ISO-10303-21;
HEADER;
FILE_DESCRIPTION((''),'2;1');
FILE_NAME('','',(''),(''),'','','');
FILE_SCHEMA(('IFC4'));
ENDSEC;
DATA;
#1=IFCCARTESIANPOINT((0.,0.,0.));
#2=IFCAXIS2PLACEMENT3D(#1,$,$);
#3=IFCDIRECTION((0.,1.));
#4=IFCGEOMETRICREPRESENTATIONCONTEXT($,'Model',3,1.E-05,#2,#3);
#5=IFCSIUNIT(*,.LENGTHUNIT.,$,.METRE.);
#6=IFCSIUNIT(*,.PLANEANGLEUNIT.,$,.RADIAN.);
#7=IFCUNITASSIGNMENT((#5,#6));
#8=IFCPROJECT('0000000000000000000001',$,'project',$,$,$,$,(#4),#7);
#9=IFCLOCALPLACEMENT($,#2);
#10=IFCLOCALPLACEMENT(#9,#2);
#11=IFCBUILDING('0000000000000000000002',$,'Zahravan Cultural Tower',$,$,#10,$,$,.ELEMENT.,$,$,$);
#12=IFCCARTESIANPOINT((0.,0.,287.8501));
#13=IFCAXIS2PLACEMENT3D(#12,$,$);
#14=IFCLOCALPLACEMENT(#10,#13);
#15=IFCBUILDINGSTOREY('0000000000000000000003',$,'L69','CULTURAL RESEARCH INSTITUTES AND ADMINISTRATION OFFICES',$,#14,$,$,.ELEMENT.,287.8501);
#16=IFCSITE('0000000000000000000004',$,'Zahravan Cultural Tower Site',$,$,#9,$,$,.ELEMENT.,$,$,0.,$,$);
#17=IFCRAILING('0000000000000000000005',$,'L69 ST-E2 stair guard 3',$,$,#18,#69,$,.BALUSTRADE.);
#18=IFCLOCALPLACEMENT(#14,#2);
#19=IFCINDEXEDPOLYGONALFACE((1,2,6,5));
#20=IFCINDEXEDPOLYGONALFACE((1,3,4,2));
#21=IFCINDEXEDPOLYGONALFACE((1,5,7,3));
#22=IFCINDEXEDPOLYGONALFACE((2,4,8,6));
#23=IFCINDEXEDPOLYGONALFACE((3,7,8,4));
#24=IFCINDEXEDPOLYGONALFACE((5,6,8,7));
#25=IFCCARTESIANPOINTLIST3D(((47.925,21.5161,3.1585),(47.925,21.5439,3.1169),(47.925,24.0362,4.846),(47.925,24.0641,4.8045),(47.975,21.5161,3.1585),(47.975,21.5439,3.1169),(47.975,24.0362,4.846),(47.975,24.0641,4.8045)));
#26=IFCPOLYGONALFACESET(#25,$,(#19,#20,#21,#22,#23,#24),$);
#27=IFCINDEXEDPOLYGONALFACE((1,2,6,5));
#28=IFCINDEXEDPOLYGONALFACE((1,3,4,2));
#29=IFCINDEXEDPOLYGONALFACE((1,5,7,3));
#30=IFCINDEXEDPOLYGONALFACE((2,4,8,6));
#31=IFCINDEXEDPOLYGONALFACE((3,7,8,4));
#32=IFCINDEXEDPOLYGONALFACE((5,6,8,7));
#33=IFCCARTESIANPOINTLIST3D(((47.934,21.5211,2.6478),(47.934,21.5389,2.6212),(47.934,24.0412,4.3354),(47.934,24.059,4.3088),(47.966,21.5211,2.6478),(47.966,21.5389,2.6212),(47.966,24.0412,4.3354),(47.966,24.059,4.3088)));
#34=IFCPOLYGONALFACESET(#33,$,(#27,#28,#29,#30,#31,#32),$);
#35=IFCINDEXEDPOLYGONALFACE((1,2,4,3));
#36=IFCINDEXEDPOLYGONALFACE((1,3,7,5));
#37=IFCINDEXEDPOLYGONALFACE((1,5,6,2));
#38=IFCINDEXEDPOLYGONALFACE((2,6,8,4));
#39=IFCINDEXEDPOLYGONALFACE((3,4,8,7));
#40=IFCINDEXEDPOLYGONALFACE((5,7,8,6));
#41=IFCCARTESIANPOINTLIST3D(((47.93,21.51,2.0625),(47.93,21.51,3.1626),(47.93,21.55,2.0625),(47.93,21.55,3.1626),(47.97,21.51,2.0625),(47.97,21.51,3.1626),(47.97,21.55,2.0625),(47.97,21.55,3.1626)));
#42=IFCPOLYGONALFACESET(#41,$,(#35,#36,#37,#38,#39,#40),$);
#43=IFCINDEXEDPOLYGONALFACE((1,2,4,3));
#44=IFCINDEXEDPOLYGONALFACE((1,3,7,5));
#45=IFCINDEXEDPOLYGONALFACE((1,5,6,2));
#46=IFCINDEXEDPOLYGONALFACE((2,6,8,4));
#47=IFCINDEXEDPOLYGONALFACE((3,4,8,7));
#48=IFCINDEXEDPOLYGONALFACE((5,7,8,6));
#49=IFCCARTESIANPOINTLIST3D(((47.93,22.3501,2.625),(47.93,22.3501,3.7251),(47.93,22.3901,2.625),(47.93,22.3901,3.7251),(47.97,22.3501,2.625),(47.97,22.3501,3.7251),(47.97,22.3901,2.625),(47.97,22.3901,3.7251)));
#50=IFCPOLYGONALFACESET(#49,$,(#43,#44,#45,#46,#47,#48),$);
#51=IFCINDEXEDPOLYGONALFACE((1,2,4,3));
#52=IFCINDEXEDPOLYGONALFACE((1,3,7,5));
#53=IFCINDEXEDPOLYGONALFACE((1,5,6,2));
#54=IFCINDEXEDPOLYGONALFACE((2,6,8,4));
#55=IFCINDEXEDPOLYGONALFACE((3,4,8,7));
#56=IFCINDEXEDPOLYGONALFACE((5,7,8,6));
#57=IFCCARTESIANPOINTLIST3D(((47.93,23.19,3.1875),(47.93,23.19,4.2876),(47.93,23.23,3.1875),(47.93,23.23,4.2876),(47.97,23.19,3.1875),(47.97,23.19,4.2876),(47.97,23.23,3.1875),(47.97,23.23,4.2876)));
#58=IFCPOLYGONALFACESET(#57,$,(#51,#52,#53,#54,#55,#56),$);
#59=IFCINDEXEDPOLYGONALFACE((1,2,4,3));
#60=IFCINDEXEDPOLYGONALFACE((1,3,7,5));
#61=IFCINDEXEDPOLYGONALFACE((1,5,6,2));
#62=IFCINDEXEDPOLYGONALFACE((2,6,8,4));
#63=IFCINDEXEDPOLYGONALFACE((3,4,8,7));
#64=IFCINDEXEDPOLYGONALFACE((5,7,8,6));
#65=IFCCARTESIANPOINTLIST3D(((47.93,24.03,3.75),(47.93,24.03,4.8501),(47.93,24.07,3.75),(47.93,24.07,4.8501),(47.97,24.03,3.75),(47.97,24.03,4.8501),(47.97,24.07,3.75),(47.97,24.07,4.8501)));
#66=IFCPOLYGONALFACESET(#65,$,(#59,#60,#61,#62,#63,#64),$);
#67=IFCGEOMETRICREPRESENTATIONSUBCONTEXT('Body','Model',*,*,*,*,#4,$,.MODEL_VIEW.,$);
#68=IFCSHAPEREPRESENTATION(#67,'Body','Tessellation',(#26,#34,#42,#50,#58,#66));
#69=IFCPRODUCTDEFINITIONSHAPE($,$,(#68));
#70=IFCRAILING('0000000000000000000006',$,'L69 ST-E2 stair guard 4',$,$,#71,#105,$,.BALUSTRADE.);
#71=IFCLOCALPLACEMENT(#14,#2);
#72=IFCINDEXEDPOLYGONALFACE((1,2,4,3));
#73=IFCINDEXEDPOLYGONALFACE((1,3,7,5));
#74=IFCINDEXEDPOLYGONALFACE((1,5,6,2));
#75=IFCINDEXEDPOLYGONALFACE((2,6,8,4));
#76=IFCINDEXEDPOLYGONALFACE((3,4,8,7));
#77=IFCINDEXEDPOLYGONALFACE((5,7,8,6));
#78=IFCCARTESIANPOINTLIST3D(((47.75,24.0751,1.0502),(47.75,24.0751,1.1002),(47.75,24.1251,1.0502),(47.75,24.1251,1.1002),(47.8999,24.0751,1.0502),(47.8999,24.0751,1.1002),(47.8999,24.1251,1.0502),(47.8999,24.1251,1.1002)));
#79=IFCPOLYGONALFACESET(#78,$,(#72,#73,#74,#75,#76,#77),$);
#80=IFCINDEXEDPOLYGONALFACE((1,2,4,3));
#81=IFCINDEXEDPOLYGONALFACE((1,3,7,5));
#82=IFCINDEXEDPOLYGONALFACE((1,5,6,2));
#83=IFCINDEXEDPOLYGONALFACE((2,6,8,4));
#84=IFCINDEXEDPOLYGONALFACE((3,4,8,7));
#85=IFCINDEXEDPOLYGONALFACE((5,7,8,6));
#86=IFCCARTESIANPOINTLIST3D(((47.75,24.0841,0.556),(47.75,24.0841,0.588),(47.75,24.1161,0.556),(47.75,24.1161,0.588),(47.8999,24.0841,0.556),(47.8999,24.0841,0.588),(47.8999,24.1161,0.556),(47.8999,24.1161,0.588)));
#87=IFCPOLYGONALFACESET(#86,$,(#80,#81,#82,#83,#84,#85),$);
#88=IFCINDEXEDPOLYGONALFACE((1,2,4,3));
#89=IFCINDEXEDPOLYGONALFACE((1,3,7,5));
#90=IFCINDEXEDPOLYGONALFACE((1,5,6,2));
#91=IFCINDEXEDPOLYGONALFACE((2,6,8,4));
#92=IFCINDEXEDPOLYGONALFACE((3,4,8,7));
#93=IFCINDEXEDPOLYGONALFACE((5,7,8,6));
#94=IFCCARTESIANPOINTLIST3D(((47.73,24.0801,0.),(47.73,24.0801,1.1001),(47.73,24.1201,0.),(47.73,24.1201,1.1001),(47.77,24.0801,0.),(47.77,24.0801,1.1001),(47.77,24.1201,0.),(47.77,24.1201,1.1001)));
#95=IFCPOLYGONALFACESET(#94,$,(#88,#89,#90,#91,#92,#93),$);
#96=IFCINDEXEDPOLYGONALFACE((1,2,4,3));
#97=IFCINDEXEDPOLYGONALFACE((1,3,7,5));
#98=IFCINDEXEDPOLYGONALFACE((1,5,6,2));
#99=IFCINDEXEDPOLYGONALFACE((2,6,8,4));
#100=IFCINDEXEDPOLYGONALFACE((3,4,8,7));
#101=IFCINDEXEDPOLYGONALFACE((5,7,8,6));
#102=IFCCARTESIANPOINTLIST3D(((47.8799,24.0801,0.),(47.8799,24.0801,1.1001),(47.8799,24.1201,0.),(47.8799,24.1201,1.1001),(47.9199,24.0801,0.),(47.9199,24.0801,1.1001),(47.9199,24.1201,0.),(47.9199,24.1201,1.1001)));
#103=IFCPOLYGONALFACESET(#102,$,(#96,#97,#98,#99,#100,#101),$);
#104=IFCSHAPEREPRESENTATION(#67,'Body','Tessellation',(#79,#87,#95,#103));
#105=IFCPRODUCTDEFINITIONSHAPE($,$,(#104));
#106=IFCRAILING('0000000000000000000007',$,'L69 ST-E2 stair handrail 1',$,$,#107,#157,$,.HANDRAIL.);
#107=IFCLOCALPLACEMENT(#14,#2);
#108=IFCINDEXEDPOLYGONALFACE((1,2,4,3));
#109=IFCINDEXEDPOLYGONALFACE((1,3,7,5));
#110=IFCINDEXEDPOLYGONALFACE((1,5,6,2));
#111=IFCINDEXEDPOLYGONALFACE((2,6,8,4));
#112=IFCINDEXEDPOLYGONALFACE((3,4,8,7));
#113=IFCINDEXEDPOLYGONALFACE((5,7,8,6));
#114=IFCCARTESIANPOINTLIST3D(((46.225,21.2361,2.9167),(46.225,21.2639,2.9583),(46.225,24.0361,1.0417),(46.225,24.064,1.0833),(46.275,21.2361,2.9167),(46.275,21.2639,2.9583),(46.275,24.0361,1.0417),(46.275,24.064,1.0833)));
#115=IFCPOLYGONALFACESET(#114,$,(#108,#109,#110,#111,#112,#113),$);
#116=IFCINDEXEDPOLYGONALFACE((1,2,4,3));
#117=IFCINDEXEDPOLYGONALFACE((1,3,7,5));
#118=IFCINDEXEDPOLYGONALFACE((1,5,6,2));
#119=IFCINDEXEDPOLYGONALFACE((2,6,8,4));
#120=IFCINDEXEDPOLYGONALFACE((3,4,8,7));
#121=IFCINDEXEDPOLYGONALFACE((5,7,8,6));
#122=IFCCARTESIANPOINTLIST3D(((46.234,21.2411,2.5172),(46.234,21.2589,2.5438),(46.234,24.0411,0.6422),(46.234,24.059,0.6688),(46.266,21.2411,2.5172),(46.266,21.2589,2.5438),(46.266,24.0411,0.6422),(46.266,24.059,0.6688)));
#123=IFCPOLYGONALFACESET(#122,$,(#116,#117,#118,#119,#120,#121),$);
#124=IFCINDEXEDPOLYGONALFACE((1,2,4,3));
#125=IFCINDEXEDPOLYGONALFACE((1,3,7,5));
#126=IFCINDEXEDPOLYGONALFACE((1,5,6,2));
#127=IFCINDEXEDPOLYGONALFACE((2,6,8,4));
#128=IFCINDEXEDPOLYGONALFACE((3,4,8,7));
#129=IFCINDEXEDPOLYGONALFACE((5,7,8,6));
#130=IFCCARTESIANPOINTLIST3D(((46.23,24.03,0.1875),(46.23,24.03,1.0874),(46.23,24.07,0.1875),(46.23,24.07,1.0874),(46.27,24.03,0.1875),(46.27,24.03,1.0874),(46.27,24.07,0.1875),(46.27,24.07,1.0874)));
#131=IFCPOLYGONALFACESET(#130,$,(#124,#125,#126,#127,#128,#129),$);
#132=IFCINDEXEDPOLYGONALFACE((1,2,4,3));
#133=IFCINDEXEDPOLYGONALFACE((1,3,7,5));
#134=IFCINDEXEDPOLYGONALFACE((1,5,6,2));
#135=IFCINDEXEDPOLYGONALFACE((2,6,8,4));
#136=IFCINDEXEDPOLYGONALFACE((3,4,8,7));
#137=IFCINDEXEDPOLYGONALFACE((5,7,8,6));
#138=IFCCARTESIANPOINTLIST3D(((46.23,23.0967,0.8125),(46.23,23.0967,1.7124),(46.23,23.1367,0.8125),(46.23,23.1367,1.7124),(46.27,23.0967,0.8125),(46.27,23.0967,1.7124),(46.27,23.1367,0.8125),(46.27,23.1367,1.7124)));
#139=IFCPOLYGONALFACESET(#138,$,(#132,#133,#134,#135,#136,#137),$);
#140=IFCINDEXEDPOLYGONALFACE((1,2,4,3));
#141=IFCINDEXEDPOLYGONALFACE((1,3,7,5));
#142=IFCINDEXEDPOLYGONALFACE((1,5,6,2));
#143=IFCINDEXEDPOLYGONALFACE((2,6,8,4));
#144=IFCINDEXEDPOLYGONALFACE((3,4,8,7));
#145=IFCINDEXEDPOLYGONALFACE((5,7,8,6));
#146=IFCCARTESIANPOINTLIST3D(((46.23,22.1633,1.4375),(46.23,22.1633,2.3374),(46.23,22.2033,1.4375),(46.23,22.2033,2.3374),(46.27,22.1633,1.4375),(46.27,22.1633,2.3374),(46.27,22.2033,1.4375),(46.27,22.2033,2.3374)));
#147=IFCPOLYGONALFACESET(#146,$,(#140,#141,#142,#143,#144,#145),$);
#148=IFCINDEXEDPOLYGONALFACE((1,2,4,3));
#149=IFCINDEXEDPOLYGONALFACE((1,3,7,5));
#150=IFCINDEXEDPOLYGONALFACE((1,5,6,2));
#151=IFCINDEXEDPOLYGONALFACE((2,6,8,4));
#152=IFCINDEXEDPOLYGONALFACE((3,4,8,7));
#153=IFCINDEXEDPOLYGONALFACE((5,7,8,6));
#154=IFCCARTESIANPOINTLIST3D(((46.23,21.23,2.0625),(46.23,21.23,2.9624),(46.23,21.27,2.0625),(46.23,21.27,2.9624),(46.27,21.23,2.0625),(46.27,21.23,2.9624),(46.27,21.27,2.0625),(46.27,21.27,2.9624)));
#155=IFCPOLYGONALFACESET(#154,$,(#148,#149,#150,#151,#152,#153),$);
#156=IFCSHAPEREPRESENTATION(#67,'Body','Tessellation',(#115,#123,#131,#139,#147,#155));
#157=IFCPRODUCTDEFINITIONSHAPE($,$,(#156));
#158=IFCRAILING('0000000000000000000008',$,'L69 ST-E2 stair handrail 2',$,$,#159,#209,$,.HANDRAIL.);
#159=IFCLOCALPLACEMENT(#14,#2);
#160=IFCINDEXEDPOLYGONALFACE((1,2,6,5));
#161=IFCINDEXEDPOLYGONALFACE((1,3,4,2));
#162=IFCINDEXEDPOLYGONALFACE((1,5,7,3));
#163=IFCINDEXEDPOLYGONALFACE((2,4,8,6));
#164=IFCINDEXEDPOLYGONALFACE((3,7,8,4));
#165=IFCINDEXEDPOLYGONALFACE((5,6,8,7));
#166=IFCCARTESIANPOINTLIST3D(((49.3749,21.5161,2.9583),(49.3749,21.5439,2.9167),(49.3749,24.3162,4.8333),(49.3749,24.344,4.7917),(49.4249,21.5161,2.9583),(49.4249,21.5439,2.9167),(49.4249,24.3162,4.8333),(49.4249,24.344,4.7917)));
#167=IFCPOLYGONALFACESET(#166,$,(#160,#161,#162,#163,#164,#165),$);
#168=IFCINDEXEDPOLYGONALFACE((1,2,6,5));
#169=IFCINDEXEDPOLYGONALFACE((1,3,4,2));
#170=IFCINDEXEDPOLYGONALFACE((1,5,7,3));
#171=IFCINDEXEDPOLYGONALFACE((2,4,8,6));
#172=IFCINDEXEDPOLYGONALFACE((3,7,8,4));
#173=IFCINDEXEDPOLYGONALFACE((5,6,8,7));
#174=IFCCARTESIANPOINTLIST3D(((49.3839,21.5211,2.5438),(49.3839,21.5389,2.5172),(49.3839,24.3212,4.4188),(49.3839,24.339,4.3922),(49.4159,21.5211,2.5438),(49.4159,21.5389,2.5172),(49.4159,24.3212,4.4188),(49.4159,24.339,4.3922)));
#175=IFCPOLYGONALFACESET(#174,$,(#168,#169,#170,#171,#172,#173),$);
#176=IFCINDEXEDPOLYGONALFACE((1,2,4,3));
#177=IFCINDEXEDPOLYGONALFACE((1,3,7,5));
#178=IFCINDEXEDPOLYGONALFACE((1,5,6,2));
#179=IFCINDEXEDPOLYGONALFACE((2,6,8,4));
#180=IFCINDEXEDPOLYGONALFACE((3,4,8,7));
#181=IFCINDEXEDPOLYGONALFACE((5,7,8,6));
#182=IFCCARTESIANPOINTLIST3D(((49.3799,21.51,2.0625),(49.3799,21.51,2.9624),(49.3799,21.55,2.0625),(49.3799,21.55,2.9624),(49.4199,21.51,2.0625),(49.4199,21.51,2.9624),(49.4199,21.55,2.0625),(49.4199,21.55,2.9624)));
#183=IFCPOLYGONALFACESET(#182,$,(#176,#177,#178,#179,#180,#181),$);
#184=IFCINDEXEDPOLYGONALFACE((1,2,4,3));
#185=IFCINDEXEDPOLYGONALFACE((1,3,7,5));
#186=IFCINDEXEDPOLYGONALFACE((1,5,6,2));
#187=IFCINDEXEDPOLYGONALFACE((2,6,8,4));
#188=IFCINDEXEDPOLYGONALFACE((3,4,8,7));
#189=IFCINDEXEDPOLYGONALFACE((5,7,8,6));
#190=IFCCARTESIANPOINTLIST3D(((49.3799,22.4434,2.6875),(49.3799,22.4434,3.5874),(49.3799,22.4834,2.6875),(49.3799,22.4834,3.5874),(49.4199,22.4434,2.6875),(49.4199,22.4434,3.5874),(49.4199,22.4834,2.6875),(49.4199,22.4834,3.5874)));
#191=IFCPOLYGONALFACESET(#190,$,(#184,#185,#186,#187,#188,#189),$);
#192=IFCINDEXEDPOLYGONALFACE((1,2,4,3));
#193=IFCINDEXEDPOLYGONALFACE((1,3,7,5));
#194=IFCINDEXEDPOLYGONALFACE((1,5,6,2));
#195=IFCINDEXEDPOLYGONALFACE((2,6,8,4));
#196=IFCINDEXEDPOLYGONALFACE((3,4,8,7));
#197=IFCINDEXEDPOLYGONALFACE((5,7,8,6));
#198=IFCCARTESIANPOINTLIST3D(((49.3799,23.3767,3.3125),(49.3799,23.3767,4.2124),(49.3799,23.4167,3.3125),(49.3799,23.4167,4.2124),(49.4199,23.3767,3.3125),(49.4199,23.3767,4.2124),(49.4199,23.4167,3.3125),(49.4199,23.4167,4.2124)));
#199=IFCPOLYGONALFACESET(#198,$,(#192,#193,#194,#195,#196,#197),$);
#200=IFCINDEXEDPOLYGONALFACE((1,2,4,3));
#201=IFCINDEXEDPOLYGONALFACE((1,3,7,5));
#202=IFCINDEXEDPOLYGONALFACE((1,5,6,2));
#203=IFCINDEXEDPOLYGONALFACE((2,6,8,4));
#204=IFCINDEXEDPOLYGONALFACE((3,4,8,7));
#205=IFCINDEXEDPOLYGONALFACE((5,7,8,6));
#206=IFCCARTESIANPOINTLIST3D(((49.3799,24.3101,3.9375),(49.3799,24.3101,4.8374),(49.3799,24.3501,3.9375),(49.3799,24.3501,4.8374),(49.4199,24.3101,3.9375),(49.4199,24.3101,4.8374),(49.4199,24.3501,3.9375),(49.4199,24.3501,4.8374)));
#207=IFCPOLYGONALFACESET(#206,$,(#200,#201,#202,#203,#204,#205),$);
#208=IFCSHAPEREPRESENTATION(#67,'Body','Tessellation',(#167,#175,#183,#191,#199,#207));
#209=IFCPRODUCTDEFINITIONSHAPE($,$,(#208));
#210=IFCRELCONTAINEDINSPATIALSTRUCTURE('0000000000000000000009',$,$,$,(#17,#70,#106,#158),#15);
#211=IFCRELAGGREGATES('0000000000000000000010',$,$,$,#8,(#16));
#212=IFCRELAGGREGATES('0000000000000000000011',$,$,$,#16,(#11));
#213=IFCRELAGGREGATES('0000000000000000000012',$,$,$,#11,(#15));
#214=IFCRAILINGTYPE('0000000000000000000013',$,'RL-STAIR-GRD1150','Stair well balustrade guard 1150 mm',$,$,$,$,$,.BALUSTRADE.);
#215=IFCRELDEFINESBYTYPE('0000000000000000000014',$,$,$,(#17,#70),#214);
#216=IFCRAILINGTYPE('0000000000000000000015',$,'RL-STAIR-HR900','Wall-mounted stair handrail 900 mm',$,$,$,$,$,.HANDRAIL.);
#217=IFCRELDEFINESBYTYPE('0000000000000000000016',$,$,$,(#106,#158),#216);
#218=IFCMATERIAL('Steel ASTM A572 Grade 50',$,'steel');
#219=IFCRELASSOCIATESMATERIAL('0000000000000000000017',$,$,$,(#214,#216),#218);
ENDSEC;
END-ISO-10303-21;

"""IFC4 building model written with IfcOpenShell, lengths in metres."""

from ifc_helpers import new_model, si_unit, direction, frame, origin, origin_2d, place, context, subcontext, project, spatial, rectangle, extrude, material, type_object, element, save


model = new_model("IFC4")

# Units and contexts
model_context = context("Model", 3, precision=1e-05, world=origin(), true_north=direction((0.0, 1.0)))
body_context = subcontext(model_context, "Body", "Model", "MODEL_VIEW")
ifc_project = project(units=[si_unit("LENGTHUNIT", "METRE"), si_unit("PLANEANGLEUNIT", "RADIAN")], contexts=[model_context])

# Site, building, storey
site_placement = place(None, origin())
site = spatial("IfcSite", under=ifc_project, at=site_placement, Name="Zahravan Cultural Tower Site", CompositionType="ELEMENT", RefElevation=0.0)
building_placement = place(site_placement, origin())
building = spatial("IfcBuilding", under=site, at=building_placement, Name="Zahravan Cultural Tower", CompositionType="ELEMENT")
storey_placement = place(building_placement, frame((0.0, 0.0, 287.8501)))
storey = spatial("IfcBuildingStorey", under=building, at=storey_placement, Name="L69", Description="CULTURAL RESEARCH INSTITUTES AND ADMINISTRATION OFFICES", CompositionType="ELEMENT", Elevation=287.8501)

# Railings
ifc_material_1 = material(Name="Steel ASTM A572 Grade 50", Category="steel")
railing_type_1 = type_object("IfcRailingType", Name="RL-STAIR-GRD1150", Description="Stair well balustrade guard 1150 mm", PredefinedType="BALUSTRADE", material=ifc_material_1)
railing_1_placement = place(storey_placement, frame((47.95, 21.53, 2.0625)))
element("IfcRailing", 1, at=railing_1_placement, inside=storey, type_object=railing_type_1, Name="L69 ST-E2 stair guard 3", PredefinedType="BALUSTRADE", context=body_context, shape_type="SweptSolid", body=[
    extrude(rectangle(XDim=0.05, YDim=0.05, at=origin_2d()), frame((0.0, 0.0, 1.0752), z_axis=(0.0, 0.830909, 0.556408), x_axis=(-1.0, 0.0, 0.0)), (0.0, 0.0, 1.0), 3.033),
    extrude(rectangle(XDim=0.032, YDim=0.032, at=origin_2d()), frame((0.0, 0.0, 0.572), z_axis=(0.0, 0.830909, 0.556408), x_axis=(-1.0, 0.0, 0.0)), (0.0, 0.0, 1.0), 3.033),
    extrude(rectangle(XDim=0.04, YDim=0.04, at=origin_2d()), origin(), (0.0, 0.0, 1.0), 1.1001),
    extrude(rectangle(XDim=0.04, YDim=0.04, at=origin_2d()), frame((0.0, 0.8401, 0.5625)), (0.0, 0.0, 1.0), 1.1001),
    extrude(rectangle(XDim=0.04, YDim=0.04, at=origin_2d()), frame((0.0, 1.6799, 1.125)), (0.0, 0.0, 1.0), 1.1001),
    extrude(rectangle(XDim=0.04, YDim=0.04, at=origin_2d()), frame((0.0, 2.52, 1.6875)), (0.0, 0.0, 1.0), 1.1001),
])
railing_2_placement = place(storey_placement, frame((47.75, 24.1001, 0.0)))
element("IfcRailing", 2, at=railing_2_placement, inside=storey, type_object=railing_type_1, Name="L69 ST-E2 stair guard 4", PredefinedType="BALUSTRADE", context=body_context, shape_type="SweptSolid", body=[
    extrude(rectangle(XDim=0.05, YDim=0.05, at=origin_2d()), frame((0.0, 0.0, 1.0752), z_axis=(1.0, 0.0, 0.0), x_axis=(0.0, 1.0, 0.0)), (0.0, 0.0, 1.0), 0.1499),
    extrude(rectangle(XDim=0.032, YDim=0.032, at=origin_2d()), frame((0.0, 0.0, 0.572), z_axis=(1.0, 0.0, 0.0), x_axis=(0.0, 1.0, 0.0)), (0.0, 0.0, 1.0), 0.1499),
    extrude(rectangle(XDim=0.04, YDim=0.04, at=origin_2d()), origin(), (0.0, 0.0, 1.0), 1.1001),
    extrude(rectangle(XDim=0.04, YDim=0.04, at=origin_2d()), frame((0.1499, 0.0, 0.0)), (0.0, 0.0, 1.0), 1.1001),
])
railing_type_2 = type_object("IfcRailingType", Name="RL-STAIR-HR900", Description="Wall-mounted stair handrail 900 mm", PredefinedType="HANDRAIL", material=ifc_material_1)
railing_3_placement = place(storey_placement, frame((46.25, 24.05, 0.1875)))
element("IfcRailing", 3, at=railing_3_placement, inside=storey, type_object=railing_type_2, Name="L69 ST-E2 stair handrail 1", PredefinedType="HANDRAIL", context=body_context, shape_type="SweptSolid", body=[
    extrude(rectangle(XDim=0.05, YDim=0.05, at=origin_2d()), frame((0.0, 0.0, 0.875), z_axis=(0.0, -0.830912, 0.556404), x_axis=(1.0, 0.0, 0.0)), (0.0, 0.0, 1.0), 3.3699),
    extrude(rectangle(XDim=0.032, YDim=0.032, at=origin_2d()), frame((0.0, 0.0, 0.468), z_axis=(0.0, -0.830912, 0.556404), x_axis=(1.0, 0.0, 0.0)), (0.0, 0.0, 1.0), 3.3699),
    extrude(rectangle(XDim=0.04, YDim=0.04, at=origin_2d()), origin(), (0.0, 0.0, 1.0), 0.8999),
    extrude(rectangle(XDim=0.04, YDim=0.04, at=origin_2d()), frame((0.0, -0.9333, 0.625)), (0.0, 0.0, 1.0), 0.8999),
    extrude(rectangle(XDim=0.04, YDim=0.04, at=origin_2d()), frame((0.0, -1.8667, 1.25)), (0.0, 0.0, 1.0), 0.8999),
    extrude(rectangle(XDim=0.04, YDim=0.04, at=origin_2d()), frame((0.0, -2.8, 1.875)), (0.0, 0.0, 1.0), 0.8999),
])
railing_4_placement = place(storey_placement, frame((49.3999, 21.53, 2.0625)))
element("IfcRailing", 4, at=railing_4_placement, inside=storey, type_object=railing_type_2, Name="L69 ST-E2 stair handrail 2", PredefinedType="HANDRAIL", context=body_context, shape_type="SweptSolid", body=[
    extrude(rectangle(XDim=0.05, YDim=0.05, at=origin_2d()), frame((0.0, 0.0, 0.875), z_axis=(0.0, 0.830912, 0.556404), x_axis=(-1.0, 0.0, 0.0)), (0.0, 0.0, 1.0), 3.3699),
    extrude(rectangle(XDim=0.032, YDim=0.032, at=origin_2d()), frame((0.0, 0.0, 0.468), z_axis=(0.0, 0.830912, 0.556404), x_axis=(-1.0, 0.0, 0.0)), (0.0, 0.0, 1.0), 3.3699),
    extrude(rectangle(XDim=0.04, YDim=0.04, at=origin_2d()), origin(), (0.0, 0.0, 1.0), 0.8999),
    extrude(rectangle(XDim=0.04, YDim=0.04, at=origin_2d()), frame((0.0, 0.9333, 0.625)), (0.0, 0.0, 1.0), 0.8999),
    extrude(rectangle(XDim=0.04, YDim=0.04, at=origin_2d()), frame((0.0, 1.8667, 1.25)), (0.0, 0.0, 1.0), 0.8999),
    extrude(rectangle(XDim=0.04, YDim=0.04, at=origin_2d()), frame((0.0, 2.8, 1.875)), (0.0, 0.0, 1.0), 0.8999),
])

save(model, "model.ifc")
